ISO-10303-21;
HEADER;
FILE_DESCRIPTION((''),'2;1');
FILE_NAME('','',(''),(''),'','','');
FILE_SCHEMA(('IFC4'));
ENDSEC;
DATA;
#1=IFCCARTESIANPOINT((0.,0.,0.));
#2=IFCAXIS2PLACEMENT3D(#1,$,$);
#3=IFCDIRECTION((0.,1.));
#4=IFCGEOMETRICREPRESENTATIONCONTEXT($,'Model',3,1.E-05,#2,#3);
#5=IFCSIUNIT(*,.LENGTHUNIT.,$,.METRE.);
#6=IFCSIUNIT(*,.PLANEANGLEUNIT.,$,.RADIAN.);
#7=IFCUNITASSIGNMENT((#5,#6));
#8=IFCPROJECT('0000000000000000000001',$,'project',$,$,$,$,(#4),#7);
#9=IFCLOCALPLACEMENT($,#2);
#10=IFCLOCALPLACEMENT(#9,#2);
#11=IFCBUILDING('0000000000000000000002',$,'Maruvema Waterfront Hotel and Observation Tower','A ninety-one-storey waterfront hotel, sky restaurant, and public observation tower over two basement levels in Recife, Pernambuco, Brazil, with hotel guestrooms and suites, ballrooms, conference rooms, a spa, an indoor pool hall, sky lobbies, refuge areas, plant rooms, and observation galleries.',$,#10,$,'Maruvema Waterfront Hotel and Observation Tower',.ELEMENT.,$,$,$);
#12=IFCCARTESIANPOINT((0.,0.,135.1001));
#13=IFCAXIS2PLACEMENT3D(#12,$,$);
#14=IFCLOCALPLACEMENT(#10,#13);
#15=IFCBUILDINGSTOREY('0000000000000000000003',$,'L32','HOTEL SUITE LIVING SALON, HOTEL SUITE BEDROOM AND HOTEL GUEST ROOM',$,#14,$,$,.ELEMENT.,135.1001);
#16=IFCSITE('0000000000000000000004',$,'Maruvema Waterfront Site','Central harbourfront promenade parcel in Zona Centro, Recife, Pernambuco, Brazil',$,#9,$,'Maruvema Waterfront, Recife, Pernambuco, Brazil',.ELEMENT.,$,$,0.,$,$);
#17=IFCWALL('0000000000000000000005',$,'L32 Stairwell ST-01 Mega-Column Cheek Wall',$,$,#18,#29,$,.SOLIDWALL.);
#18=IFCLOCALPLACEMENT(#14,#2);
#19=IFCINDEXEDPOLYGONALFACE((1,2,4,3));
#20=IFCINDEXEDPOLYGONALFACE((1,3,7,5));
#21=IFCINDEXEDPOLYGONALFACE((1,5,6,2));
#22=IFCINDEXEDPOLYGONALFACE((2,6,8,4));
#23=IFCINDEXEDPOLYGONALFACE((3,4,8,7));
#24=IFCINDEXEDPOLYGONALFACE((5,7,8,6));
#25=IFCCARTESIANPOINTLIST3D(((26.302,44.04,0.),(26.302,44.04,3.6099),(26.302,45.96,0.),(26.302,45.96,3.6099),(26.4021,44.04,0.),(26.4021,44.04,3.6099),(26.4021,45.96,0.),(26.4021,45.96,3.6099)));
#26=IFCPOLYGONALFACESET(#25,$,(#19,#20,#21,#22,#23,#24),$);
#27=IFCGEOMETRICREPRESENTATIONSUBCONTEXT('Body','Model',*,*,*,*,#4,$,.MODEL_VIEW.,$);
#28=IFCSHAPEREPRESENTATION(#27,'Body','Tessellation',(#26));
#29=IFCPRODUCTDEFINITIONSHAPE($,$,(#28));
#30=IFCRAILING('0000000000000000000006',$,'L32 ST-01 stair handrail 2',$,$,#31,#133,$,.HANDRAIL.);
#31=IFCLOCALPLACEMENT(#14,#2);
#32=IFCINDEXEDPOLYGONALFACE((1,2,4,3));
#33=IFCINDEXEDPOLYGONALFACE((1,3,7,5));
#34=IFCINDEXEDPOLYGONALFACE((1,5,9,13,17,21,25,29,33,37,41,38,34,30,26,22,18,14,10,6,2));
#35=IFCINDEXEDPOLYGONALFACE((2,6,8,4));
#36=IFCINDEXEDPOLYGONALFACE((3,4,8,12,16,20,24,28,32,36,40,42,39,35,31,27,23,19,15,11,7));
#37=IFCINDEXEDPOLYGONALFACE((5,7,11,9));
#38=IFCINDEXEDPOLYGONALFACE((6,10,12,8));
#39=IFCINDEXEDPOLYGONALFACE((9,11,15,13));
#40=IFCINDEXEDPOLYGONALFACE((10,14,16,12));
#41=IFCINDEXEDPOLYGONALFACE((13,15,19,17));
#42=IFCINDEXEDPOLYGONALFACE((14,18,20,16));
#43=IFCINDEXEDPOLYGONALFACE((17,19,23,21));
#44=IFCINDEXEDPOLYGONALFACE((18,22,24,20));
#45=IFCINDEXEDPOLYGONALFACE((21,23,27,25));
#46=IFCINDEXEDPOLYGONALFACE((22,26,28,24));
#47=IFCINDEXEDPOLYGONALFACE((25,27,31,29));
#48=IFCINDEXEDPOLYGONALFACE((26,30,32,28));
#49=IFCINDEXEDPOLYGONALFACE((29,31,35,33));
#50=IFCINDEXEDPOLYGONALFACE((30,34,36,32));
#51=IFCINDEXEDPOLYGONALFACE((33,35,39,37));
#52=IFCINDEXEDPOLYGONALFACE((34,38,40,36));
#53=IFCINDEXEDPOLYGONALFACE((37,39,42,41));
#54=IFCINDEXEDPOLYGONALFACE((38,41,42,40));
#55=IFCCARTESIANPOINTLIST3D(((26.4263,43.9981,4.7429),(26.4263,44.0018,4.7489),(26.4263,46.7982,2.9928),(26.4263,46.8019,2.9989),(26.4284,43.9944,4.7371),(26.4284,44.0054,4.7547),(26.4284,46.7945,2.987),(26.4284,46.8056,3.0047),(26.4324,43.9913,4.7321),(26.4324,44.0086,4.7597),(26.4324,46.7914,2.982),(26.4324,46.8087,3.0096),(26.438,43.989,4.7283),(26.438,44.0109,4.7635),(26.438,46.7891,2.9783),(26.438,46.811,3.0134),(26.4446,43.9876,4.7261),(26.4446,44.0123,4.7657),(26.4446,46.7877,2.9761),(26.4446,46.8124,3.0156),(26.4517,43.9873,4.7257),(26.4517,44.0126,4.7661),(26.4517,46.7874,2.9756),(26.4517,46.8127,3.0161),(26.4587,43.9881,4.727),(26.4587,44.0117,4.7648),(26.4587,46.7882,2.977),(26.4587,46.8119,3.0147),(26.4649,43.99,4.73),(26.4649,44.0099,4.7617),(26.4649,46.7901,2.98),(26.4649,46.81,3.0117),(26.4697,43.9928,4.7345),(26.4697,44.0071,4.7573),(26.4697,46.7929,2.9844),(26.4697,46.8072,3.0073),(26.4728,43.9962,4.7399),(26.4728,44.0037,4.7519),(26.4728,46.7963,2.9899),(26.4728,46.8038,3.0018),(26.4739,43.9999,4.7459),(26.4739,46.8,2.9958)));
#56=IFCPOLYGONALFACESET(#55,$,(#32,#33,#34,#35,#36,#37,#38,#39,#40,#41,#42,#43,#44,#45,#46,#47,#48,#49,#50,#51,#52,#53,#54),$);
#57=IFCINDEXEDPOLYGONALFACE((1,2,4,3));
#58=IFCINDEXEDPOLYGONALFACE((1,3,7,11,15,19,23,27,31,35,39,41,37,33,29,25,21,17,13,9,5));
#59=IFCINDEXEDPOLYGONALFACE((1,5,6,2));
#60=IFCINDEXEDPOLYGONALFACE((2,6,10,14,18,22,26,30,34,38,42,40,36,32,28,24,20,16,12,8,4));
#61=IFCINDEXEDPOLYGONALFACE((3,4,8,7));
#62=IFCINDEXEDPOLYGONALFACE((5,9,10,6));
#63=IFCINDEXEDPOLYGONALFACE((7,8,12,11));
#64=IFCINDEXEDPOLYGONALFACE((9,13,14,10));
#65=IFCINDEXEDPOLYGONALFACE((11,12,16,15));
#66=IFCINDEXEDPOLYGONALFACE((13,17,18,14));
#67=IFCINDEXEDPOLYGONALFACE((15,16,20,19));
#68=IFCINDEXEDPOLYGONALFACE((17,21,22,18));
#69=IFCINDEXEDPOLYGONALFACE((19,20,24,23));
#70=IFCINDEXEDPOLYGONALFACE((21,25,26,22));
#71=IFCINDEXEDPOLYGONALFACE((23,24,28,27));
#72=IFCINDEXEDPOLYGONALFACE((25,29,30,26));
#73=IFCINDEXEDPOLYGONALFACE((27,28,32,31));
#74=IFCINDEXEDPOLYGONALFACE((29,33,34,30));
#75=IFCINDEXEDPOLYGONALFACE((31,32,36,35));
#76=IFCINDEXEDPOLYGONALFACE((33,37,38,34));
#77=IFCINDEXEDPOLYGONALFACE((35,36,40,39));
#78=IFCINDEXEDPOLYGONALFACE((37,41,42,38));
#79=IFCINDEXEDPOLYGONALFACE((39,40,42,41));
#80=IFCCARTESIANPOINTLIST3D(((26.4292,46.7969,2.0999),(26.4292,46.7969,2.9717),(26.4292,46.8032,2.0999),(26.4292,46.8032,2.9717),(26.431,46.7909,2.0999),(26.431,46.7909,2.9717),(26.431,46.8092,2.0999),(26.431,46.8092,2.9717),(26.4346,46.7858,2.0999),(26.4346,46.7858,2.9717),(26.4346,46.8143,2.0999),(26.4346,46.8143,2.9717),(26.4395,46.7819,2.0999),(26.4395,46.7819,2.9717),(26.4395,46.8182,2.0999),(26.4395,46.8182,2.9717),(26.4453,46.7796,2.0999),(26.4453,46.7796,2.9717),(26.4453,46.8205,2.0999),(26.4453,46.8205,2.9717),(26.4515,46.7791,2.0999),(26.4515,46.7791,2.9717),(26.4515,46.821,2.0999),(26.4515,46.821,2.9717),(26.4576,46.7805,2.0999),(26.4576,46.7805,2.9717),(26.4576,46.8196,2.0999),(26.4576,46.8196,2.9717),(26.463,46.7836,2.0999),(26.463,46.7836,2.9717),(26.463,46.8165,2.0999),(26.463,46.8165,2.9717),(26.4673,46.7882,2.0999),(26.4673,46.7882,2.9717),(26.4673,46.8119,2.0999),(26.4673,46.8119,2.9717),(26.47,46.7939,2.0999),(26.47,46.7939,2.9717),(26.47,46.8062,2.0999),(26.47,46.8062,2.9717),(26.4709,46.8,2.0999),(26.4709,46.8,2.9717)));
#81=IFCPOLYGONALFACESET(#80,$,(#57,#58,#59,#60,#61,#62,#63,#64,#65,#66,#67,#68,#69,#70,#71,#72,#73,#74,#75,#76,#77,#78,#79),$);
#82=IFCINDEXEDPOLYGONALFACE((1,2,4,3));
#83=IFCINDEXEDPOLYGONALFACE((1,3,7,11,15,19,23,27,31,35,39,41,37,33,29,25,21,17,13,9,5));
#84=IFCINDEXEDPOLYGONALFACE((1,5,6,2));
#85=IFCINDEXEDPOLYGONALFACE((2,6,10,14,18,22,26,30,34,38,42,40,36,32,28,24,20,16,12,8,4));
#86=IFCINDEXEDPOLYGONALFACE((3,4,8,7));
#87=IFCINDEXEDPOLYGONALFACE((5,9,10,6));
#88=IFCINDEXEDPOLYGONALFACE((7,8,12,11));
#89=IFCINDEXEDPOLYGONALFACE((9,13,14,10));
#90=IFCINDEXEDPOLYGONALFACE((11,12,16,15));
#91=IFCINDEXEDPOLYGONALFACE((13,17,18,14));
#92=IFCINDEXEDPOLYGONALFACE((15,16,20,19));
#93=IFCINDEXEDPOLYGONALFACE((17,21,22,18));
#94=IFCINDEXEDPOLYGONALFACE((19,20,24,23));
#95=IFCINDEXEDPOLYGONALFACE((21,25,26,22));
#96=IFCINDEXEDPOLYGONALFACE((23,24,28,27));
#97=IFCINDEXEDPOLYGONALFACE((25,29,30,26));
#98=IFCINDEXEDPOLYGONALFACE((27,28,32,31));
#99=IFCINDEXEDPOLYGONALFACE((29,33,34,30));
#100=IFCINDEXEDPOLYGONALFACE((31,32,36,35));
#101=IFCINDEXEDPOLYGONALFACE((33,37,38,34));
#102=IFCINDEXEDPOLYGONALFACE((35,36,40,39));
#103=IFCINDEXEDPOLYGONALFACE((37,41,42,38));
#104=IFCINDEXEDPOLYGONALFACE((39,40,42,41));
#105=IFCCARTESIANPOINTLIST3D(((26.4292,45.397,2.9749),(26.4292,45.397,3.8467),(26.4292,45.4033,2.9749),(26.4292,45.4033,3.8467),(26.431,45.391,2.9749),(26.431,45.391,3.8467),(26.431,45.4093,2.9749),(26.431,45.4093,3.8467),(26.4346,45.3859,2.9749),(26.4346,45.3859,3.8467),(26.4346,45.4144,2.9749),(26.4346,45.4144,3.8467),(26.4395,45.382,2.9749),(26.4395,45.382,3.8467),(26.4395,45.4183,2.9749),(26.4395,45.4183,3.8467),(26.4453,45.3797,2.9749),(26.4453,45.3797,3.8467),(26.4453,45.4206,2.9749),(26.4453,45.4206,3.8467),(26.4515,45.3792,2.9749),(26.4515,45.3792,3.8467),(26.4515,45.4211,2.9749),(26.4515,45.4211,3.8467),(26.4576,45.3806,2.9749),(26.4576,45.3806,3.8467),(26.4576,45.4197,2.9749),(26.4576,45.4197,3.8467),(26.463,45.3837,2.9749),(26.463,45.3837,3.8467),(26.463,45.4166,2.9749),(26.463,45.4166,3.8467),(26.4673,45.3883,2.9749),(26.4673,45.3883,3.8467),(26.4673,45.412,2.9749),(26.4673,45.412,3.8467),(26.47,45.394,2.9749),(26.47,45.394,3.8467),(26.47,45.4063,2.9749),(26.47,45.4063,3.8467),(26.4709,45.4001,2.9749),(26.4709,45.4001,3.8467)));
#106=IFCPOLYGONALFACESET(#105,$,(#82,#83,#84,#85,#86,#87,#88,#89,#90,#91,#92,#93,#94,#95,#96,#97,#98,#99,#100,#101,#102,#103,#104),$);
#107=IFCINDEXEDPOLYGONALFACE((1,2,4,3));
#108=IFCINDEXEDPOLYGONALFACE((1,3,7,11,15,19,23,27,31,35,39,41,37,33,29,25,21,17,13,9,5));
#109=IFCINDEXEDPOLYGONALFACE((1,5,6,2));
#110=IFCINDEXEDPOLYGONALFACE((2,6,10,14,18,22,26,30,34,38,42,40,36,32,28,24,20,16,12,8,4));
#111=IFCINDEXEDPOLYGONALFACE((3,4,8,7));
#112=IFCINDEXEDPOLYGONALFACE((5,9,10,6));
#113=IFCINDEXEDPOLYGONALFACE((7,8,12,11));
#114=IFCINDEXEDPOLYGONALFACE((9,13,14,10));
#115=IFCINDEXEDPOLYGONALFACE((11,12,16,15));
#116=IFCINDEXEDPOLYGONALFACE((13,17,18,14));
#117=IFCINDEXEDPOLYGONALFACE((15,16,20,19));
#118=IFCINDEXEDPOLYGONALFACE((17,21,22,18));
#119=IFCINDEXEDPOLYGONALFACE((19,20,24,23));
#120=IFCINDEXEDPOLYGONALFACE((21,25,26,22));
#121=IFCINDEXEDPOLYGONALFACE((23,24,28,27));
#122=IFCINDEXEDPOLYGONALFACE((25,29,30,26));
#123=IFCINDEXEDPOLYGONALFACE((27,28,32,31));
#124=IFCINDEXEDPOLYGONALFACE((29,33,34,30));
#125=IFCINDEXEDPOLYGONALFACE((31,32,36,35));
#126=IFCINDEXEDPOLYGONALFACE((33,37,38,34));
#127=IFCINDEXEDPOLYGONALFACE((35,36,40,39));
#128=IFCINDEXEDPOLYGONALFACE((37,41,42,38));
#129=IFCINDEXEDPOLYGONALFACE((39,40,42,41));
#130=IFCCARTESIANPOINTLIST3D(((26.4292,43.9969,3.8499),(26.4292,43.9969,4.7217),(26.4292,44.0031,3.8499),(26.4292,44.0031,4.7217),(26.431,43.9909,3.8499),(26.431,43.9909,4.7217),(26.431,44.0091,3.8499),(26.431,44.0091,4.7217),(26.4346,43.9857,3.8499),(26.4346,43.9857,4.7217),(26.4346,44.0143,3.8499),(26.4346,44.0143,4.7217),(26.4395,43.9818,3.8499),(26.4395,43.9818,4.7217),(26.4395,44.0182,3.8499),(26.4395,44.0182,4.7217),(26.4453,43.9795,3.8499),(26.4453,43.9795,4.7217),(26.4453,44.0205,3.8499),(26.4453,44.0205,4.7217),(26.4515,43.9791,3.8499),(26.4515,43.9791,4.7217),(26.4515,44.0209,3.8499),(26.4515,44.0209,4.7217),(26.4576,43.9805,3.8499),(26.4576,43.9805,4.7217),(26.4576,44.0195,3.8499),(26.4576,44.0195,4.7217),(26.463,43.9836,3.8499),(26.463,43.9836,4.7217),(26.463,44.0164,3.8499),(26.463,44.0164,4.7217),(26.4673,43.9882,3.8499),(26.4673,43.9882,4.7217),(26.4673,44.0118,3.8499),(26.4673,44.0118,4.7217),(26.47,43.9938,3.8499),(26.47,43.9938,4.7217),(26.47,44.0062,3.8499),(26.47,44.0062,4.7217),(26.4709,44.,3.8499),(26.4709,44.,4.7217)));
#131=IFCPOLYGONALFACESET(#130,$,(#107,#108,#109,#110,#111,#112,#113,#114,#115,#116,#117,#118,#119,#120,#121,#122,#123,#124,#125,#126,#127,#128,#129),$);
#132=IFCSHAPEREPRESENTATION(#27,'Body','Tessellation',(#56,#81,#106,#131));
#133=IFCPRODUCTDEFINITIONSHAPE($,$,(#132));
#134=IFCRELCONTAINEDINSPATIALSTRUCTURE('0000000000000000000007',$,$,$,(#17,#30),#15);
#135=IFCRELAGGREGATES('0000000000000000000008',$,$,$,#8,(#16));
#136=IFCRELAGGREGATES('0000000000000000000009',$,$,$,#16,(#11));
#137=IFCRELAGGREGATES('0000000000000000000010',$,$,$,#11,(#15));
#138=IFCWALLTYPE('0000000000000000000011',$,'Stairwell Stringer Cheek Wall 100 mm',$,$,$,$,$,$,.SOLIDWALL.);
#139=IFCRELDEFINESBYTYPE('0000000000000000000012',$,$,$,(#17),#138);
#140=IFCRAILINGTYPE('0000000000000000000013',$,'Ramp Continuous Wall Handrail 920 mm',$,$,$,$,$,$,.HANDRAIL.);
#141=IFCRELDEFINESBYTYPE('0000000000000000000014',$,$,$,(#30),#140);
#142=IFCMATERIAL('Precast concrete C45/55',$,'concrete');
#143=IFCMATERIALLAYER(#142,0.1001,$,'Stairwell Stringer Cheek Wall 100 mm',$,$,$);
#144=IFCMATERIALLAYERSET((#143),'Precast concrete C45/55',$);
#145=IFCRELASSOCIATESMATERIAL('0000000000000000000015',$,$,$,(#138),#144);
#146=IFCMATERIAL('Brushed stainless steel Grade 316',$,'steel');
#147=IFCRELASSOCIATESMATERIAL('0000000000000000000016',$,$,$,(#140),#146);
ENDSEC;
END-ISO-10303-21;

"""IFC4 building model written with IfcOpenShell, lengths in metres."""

from ifc_helpers import new_model, si_unit, direction, frame, frame_2d, origin, origin_2d, place, context, subcontext, project, spatial, rectangle, circle, extrude, material, layer, layer_set, type_object, element, save


model = new_model("IFC4")

# Units and contexts
model_context = context("Model", 3, precision=1e-05, world=origin(), true_north=direction((0.0, 1.0)))
body_context = subcontext(model_context, "Body", "Model", "MODEL_VIEW")
ifc_project = project(units=[si_unit("LENGTHUNIT", "METRE"), si_unit("PLANEANGLEUNIT", "RADIAN")], contexts=[model_context])

# Site, building, storey
site_placement = place(None, origin())
site = spatial("IfcSite", under=ifc_project, at=site_placement, Name="Maruvema Waterfront Site", Description="Central harbourfront promenade parcel in Zona Centro, Recife, Pernambuco, Brazil", LongName="Maruvema Waterfront, Recife, Pernambuco, Brazil", CompositionType="ELEMENT", RefElevation=0.0)
building_placement = place(site_placement, origin())
building = spatial("IfcBuilding", under=site, at=building_placement, Name="Maruvema Waterfront Hotel and Observation Tower", Description="A ninety-one-storey waterfront hotel, sky restaurant, and public observation tower over two basement levels in Recife, Pernambuco, Brazil, with hotel guestrooms and suites, ballrooms, conference rooms, a spa, an indoor pool hall, sky lobbies, refuge areas, plant rooms, and observation galleries.", LongName="Maruvema Waterfront Hotel and Observation Tower", CompositionType="ELEMENT")
storey_placement = place(building_placement, frame((0.0, 0.0, 135.1001)))
storey = spatial("IfcBuildingStorey", under=building, at=storey_placement, Name="L32", Description="HOTEL SUITE LIVING SALON, HOTEL SUITE BEDROOM AND HOTEL GUEST ROOM", CompositionType="ELEMENT", Elevation=135.1001)

# Wall
ifc_material_1 = material(Name="Precast concrete C45/55", Category="concrete")
ifc_layer_1 = layer(ifc_material_1, 0.1001, Name="Stairwell Stringer Cheek Wall 100 mm")
ifc_layer_set_1 = layer_set([ifc_layer_1], Name="Precast concrete C45/55")
wall_type_1 = type_object("IfcWallType", Name="Stairwell Stringer Cheek Wall 100 mm", PredefinedType="SOLIDWALL", material=ifc_layer_set_1)
wall_1_placement = place(storey_placement, frame((26.3521, 44.04, 0.0), z_axis=(0.0, 0.0, 1.0), x_axis=(0.0, 1.0, 0.0)))
element("IfcWall", 1, at=wall_1_placement, inside=storey, type_object=wall_type_1, Name="L32 Stairwell ST-01 Mega-Column Cheek Wall", PredefinedType="SOLIDWALL", context=body_context, shape_type="SweptSolid", body=[
    extrude(rectangle(XDim=1.9199, YDim=0.1001, at=frame_2d((0.96, 0.0))), origin(), (0.0, 0.0, 1.0), 3.6099),
])

# Railing
ifc_material_2 = material(Name="Brushed stainless steel Grade 316", Category="steel")
railing_type = type_object("IfcRailingType", Name="Ramp Continuous Wall Handrail 920 mm", PredefinedType="HANDRAIL", material=ifc_material_2)
railing_placement = place(storey_placement, frame((26.45, 46.8, 2.0999)))
element("IfcRailing", 2, at=railing_placement, inside=storey, type_object=railing_type, Name="L32 ST-01 stair handrail 2", PredefinedType="HANDRAIL", context=body_context, shape_type="SweptSolid", body=[
    extrude(circle(Radius=0.0239, at=origin_2d()), frame((0.0, 0.0, 0.896), z_axis=(0.0, -0.848002, 0.529992), x_axis=(1.0, 0.0, 0.0)), (0.0, 0.0, 1.0), 3.302),
    extrude(circle(Radius=0.021, at=origin_2d()), origin(), (0.0, 0.0, 1.0), 0.8718),
    extrude(circle(Radius=0.021, at=origin_2d()), frame((0.0, -1.3999, 0.875)), (0.0, 0.0, 1.0), 0.8718),
    extrude(circle(Radius=0.021, at=origin_2d()), frame((0.0, -2.8, 1.75)), (0.0, 0.0, 1.0), 0.8718),
])

save(model, "model.ifc")
